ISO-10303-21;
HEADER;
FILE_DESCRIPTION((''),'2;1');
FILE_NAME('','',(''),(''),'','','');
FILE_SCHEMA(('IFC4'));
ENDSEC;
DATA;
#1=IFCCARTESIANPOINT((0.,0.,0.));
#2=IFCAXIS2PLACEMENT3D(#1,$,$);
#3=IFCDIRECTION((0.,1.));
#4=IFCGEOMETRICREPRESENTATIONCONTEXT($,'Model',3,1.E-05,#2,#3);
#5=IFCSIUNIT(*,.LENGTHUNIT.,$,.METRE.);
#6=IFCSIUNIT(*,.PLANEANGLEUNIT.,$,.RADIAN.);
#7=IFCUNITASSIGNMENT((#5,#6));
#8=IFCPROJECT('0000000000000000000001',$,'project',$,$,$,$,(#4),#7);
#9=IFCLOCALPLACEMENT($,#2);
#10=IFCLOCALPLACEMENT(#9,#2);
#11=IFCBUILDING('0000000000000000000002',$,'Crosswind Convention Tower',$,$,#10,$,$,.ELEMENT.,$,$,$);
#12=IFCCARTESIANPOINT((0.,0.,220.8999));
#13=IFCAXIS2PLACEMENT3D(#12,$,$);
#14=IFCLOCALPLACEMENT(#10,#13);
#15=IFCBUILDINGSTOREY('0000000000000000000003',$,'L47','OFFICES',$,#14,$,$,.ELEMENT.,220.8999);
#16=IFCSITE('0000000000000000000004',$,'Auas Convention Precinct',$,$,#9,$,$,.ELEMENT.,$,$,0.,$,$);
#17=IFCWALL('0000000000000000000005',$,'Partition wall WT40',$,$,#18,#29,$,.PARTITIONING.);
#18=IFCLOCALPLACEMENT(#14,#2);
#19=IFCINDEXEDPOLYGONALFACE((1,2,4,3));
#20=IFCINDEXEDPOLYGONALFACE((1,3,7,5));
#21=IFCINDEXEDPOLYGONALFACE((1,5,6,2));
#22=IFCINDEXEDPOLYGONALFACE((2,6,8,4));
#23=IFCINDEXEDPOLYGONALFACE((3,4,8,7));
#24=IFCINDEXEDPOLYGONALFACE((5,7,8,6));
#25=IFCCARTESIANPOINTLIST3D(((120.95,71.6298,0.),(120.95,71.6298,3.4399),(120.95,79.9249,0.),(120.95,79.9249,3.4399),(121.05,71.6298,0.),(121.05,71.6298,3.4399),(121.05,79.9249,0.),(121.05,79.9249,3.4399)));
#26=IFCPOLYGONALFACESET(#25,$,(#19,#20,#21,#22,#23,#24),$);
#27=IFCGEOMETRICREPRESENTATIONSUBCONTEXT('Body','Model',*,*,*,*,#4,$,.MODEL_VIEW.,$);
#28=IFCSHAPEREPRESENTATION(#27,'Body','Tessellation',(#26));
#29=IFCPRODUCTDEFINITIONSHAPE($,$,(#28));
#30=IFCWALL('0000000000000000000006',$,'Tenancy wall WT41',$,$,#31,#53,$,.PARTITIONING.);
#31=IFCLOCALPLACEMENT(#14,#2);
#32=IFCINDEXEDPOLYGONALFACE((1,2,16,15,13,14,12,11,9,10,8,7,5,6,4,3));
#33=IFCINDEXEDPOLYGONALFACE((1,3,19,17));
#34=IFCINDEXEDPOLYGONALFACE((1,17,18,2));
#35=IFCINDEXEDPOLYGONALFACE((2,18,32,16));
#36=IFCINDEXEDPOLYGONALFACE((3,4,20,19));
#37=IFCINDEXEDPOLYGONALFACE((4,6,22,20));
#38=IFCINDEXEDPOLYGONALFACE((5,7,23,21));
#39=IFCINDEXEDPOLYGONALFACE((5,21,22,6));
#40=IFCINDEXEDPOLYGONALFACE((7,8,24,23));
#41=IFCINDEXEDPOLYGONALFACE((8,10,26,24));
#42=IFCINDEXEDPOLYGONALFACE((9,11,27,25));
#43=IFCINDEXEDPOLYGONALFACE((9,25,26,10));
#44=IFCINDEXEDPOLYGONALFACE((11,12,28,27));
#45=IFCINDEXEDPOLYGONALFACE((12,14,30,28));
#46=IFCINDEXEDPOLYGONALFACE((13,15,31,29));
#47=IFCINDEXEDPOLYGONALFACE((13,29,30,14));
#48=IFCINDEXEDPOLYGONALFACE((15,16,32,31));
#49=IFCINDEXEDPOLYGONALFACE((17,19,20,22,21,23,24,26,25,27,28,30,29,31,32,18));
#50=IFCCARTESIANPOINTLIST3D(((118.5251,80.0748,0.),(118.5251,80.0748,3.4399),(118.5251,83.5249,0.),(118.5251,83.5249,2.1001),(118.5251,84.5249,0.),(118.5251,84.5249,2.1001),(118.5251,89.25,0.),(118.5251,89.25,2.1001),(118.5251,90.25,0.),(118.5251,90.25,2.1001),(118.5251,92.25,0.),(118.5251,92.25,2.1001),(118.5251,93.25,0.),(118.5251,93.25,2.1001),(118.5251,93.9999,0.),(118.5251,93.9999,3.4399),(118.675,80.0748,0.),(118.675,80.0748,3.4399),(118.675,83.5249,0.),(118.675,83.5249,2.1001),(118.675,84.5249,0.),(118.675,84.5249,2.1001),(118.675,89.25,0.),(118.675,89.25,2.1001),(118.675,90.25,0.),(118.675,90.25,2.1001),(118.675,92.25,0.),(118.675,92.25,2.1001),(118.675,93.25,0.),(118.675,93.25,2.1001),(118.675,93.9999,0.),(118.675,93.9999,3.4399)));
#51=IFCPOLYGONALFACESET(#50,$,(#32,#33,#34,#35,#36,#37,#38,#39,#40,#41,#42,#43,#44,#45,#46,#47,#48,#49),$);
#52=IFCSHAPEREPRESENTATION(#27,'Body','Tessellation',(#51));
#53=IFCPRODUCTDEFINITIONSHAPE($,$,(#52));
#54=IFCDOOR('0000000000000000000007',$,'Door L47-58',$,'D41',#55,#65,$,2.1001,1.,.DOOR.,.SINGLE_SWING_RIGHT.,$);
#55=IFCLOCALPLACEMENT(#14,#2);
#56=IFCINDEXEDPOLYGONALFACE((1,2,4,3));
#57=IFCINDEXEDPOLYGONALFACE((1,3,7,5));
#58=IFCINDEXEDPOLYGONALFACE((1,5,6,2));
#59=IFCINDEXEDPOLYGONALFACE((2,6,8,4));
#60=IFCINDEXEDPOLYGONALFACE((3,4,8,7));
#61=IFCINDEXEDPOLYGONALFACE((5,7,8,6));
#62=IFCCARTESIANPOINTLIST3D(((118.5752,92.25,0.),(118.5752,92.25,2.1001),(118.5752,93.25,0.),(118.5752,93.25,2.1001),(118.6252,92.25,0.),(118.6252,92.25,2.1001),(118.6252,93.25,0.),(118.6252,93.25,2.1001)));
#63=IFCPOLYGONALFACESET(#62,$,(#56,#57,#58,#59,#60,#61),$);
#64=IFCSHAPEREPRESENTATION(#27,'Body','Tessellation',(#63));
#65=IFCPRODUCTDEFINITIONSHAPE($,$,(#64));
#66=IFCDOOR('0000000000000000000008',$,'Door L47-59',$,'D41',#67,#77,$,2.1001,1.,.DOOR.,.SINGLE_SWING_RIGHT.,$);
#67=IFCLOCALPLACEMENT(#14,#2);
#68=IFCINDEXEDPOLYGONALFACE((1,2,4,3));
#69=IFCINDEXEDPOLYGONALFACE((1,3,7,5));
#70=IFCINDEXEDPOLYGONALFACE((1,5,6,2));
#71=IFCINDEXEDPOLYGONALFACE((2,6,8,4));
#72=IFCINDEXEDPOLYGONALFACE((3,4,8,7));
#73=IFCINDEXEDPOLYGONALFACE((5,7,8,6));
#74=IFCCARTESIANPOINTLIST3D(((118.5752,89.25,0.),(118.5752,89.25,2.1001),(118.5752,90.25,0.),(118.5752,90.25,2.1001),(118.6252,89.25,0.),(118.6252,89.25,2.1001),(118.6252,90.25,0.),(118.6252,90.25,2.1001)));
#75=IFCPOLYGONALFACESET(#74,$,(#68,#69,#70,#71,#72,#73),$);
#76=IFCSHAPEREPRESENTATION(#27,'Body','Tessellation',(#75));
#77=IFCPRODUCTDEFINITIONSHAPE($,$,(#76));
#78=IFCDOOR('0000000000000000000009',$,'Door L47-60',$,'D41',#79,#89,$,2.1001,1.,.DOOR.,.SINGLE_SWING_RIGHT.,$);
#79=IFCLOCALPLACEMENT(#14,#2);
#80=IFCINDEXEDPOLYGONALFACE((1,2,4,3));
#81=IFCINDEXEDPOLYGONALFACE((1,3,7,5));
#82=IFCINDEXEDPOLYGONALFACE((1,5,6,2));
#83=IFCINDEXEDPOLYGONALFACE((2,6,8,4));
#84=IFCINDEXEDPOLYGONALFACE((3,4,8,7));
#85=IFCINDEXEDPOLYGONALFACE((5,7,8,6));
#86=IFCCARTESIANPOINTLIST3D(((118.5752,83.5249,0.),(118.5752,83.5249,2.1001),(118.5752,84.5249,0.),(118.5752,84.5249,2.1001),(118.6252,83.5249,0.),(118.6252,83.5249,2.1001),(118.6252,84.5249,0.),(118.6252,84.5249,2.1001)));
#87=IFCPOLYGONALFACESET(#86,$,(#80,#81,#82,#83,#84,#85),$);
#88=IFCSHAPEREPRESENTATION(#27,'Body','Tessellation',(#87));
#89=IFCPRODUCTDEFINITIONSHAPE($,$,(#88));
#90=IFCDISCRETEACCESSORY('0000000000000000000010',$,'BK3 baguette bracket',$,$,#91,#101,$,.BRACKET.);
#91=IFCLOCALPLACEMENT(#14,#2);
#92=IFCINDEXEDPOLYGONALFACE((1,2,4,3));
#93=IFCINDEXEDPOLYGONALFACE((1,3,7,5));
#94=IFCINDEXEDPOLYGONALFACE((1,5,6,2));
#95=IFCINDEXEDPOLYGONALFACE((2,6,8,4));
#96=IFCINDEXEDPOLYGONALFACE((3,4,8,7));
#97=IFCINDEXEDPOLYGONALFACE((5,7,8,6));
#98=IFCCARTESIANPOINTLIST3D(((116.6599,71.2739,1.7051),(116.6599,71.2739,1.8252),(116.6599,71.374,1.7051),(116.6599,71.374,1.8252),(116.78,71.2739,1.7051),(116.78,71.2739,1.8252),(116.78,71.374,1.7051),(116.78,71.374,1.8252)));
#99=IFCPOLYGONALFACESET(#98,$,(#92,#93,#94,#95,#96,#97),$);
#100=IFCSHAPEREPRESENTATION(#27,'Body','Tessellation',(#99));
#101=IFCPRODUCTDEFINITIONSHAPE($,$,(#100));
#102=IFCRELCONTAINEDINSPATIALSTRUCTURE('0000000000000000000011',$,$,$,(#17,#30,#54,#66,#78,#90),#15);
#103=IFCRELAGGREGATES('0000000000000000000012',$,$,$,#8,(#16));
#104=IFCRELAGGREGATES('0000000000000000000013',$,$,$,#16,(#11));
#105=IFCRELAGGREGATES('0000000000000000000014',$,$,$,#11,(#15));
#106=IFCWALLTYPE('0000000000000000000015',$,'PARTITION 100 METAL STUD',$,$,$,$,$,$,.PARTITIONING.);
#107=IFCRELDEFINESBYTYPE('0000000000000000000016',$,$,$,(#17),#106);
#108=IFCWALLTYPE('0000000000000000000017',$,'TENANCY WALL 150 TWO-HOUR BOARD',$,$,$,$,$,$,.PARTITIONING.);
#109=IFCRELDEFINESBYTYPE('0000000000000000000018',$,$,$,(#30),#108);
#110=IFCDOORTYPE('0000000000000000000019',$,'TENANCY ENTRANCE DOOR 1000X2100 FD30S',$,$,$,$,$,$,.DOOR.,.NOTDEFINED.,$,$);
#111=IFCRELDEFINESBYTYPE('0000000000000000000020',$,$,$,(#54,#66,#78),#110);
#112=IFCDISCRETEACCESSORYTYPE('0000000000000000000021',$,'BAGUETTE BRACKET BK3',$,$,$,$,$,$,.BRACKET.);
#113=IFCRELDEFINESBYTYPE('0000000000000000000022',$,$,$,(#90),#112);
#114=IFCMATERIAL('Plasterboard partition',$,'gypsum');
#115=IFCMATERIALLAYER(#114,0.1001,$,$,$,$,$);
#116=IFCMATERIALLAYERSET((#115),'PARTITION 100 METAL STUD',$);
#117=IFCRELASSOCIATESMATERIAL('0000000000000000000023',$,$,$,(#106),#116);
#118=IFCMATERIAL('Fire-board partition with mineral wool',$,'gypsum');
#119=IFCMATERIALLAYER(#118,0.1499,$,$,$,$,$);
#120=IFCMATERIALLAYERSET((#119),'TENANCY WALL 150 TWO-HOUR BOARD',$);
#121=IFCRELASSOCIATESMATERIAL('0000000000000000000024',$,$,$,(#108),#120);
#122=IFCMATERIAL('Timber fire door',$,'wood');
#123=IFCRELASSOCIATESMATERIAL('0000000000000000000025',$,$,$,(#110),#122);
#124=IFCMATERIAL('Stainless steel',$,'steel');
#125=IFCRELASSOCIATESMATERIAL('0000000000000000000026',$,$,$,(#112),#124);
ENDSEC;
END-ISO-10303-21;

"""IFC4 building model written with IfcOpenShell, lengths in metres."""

from ifc_helpers import new_model, si_unit, direction, frame, frame_2d, origin, origin_2d, place, context, subcontext, project, spatial, rectangle, extrude, material, layer, layer_set, type_object, element, fill, save


model = new_model("IFC4")

# Units and contexts
model_context = context("Model", 3, precision=1e-05, world=origin(), true_north=direction((0.0, 1.0)))
body_context = subcontext(model_context, "Body", "Model", "MODEL_VIEW")
ifc_project = project(units=[si_unit("LENGTHUNIT", "METRE"), si_unit("PLANEANGLEUNIT", "RADIAN")], contexts=[model_context])

# Site, building, storey
site_placement = place(None, origin())
site = spatial("IfcSite", under=ifc_project, at=site_placement, Name="Auas Convention Precinct", CompositionType="ELEMENT", RefElevation=0.0)
building_placement = place(site_placement, origin())
building = spatial("IfcBuilding", under=site, at=building_placement, Name="Crosswind Convention Tower", CompositionType="ELEMENT")
storey_placement = place(building_placement, frame((0.0, 0.0, 220.8999)))
storey = spatial("IfcBuildingStorey", under=building, at=storey_placement, Name="L47", Description="OFFICES", CompositionType="ELEMENT", Elevation=220.8999)

# Wall
ifc_material_1 = material(Name="Plasterboard partition", Category="gypsum")
ifc_layer_1 = layer(ifc_material_1, 0.1001)
ifc_layer_set_1 = layer_set([ifc_layer_1], Name="PARTITION 100 METAL STUD")
wall_type_1 = type_object("IfcWallType", Name="PARTITION 100 METAL STUD", PredefinedType="PARTITIONING", material=ifc_layer_set_1)
wall_1_placement = place(storey_placement, frame((121.0, 71.6299, 0.0), z_axis=(0.0, 0.0, 1.0), x_axis=(0.0, 1.0, 0.0)))
element("IfcWall", 1, at=wall_1_placement, inside=storey, type_object=wall_type_1, Name="Partition wall WT40", PredefinedType="PARTITIONING", context=body_context, shape_type="SweptSolid", body=[
    extrude(rectangle(XDim=8.2952, YDim=0.1001, at=frame_2d((4.1475, 0.0))), origin(), (0.0, 0.0, 1.0), 3.4399),
])

# Wall, openings, doors
ifc_material_2 = material(Name="Fire-board partition with mineral wool", Category="gypsum")
ifc_layer_2 = layer(ifc_material_2, 0.1499)
ifc_layer_set_2 = layer_set([ifc_layer_2], Name="TENANCY WALL 150 TWO-HOUR BOARD")
wall_type_2 = type_object("IfcWallType", Name="TENANCY WALL 150 TWO-HOUR BOARD", PredefinedType="PARTITIONING", material=ifc_layer_set_2)
wall_2_placement = place(storey_placement, frame((118.6001, 80.075, 0.0), z_axis=(0.0, 0.0, 1.0), x_axis=(0.0, 1.0, 0.0)))
wall_2 = element("IfcWall", 2, at=wall_2_placement, inside=storey, type_object=wall_type_2, Name="Tenancy wall WT41", PredefinedType="PARTITIONING", context=body_context, shape_type="SweptSolid", body=[
    extrude(rectangle(XDim=13.925, YDim=0.1499, at=frame_2d((6.9624, 0.0))), origin(), (0.0, 0.0, 1.0), 3.4399),
])
opening_1_placement = place(wall_2_placement, frame((12.175, 0.0, 0.0)))
opening_1 = element("IfcOpeningElement", 3, at=opening_1_placement, cuts=wall_2, PredefinedType="OPENING", context=body_context, shape_type="SweptSolid", body=[
    extrude(rectangle(XDim=1.0, YDim=2.1001, at=frame_2d((0.5, 1.05))), frame((0.0, 0.085, 0.0), z_axis=(0.0, -1.0, 0.0), x_axis=(1.0, 0.0, 0.0)), (0.0, 0.0, 1.0), 0.1699),
])
opening_2_placement = place(wall_2_placement, frame((9.175, 0.0, 0.0)))
opening_2 = element("IfcOpeningElement", 4, at=opening_2_placement, cuts=wall_2, PredefinedType="OPENING", context=body_context, shape_type="SweptSolid", body=[
    extrude(rectangle(XDim=1.0, YDim=2.1001, at=frame_2d((0.5, 1.05))), frame((0.0, 0.085, 0.0), z_axis=(0.0, -1.0, 0.0), x_axis=(1.0, 0.0, 0.0)), (0.0, 0.0, 1.0), 0.1699),
])
opening_3_placement = place(wall_2_placement, frame((3.45, 0.0, 0.0)))
opening_3 = element("IfcOpeningElement", 5, at=opening_3_placement, cuts=wall_2, PredefinedType="OPENING", context=body_context, shape_type="SweptSolid", body=[
    extrude(rectangle(XDim=1.0, YDim=2.1001, at=frame_2d((0.5, 1.05))), frame((0.0, 0.085, 0.0), z_axis=(0.0, -1.0, 0.0), x_axis=(1.0, 0.0, 0.0)), (0.0, 0.0, 1.0), 0.1699),
])
ifc_material_3 = material(Name="Timber fire door", Category="wood")
door_type = type_object("IfcDoorType", Name="TENANCY ENTRANCE DOOR 1000X2100 FD30S", OperationType="NOTDEFINED", PredefinedType="DOOR", material=ifc_material_3)
door_1_placement = place(opening_1_placement, origin())
door_1 = element("IfcDoor", 6, at=door_1_placement, inside=storey, type_object=door_type, Name="Door L47-58", ObjectType="D41", OperationType="SINGLE_SWING_RIGHT", OverallHeight=2.1001, OverallWidth=1.0, PredefinedType="DOOR", context=body_context, shape_type="SweptSolid", body=[
    extrude(rectangle(XDim=1.0, YDim=2.1001, at=frame_2d((0.5, 1.05))), frame((0.0, 0.0249, 0.0), z_axis=(0.0, -1.0, 0.0), x_axis=(1.0, 0.0, 0.0)), (0.0, 0.0, 1.0), 0.05),
])
fill(opening_1, door_1)
door_2_placement = place(opening_2_placement, origin())
door_2 = element("IfcDoor", 7, at=door_2_placement, inside=storey, type_object=door_type, Name="Door L47-59", ObjectType="D41", OperationType="SINGLE_SWING_RIGHT", OverallHeight=2.1001, OverallWidth=1.0, PredefinedType="DOOR", context=body_context, shape_type="SweptSolid", body=[
    extrude(rectangle(XDim=1.0, YDim=2.1001, at=frame_2d((0.5, 1.05))), frame((0.0, 0.0249, 0.0), z_axis=(0.0, -1.0, 0.0), x_axis=(1.0, 0.0, 0.0)), (0.0, 0.0, 1.0), 0.05),
])
fill(opening_2, door_2)
door_3_placement = place(opening_3_placement, origin())
door_3 = element("IfcDoor", 8, at=door_3_placement, inside=storey, type_object=door_type, Name="Door L47-60", ObjectType="D41", OperationType="SINGLE_SWING_RIGHT", OverallHeight=2.1001, OverallWidth=1.0, PredefinedType="DOOR", context=body_context, shape_type="SweptSolid", body=[
    extrude(rectangle(XDim=1.0, YDim=2.1001, at=frame_2d((0.5, 1.05))), frame((0.0, 0.0249, 0.0), z_axis=(0.0, -1.0, 0.0), x_axis=(1.0, 0.0, 0.0)), (0.0, 0.0, 1.0), 0.05),
])
fill(opening_3, door_3)

# Discrete accessory
ifc_material_4 = material(Name="Stainless steel", Category="steel")
discrete_accessory_type = type_object("IfcDiscreteAccessoryType", Name="BAGUETTE BRACKET BK3", PredefinedType="BRACKET", material=ifc_material_4)
discrete_accessory_placement = place(storey_placement, frame((116.72, 71.324, 1.7051), z_axis=(0.0, 0.0, 1.0), x_axis=(1.0, 0.0, 0.0)))
element("IfcDiscreteAccessory", 9, at=discrete_accessory_placement, inside=storey, type_object=discrete_accessory_type, Name="BK3 baguette bracket", PredefinedType="BRACKET", context=body_context, shape_type="SweptSolid", body=[
    extrude(rectangle(XDim=0.1201, YDim=0.1001, at=origin_2d()), origin(), (0.0, 0.0, 1.0), 0.1201),
])

save(model, "model.ifc")
